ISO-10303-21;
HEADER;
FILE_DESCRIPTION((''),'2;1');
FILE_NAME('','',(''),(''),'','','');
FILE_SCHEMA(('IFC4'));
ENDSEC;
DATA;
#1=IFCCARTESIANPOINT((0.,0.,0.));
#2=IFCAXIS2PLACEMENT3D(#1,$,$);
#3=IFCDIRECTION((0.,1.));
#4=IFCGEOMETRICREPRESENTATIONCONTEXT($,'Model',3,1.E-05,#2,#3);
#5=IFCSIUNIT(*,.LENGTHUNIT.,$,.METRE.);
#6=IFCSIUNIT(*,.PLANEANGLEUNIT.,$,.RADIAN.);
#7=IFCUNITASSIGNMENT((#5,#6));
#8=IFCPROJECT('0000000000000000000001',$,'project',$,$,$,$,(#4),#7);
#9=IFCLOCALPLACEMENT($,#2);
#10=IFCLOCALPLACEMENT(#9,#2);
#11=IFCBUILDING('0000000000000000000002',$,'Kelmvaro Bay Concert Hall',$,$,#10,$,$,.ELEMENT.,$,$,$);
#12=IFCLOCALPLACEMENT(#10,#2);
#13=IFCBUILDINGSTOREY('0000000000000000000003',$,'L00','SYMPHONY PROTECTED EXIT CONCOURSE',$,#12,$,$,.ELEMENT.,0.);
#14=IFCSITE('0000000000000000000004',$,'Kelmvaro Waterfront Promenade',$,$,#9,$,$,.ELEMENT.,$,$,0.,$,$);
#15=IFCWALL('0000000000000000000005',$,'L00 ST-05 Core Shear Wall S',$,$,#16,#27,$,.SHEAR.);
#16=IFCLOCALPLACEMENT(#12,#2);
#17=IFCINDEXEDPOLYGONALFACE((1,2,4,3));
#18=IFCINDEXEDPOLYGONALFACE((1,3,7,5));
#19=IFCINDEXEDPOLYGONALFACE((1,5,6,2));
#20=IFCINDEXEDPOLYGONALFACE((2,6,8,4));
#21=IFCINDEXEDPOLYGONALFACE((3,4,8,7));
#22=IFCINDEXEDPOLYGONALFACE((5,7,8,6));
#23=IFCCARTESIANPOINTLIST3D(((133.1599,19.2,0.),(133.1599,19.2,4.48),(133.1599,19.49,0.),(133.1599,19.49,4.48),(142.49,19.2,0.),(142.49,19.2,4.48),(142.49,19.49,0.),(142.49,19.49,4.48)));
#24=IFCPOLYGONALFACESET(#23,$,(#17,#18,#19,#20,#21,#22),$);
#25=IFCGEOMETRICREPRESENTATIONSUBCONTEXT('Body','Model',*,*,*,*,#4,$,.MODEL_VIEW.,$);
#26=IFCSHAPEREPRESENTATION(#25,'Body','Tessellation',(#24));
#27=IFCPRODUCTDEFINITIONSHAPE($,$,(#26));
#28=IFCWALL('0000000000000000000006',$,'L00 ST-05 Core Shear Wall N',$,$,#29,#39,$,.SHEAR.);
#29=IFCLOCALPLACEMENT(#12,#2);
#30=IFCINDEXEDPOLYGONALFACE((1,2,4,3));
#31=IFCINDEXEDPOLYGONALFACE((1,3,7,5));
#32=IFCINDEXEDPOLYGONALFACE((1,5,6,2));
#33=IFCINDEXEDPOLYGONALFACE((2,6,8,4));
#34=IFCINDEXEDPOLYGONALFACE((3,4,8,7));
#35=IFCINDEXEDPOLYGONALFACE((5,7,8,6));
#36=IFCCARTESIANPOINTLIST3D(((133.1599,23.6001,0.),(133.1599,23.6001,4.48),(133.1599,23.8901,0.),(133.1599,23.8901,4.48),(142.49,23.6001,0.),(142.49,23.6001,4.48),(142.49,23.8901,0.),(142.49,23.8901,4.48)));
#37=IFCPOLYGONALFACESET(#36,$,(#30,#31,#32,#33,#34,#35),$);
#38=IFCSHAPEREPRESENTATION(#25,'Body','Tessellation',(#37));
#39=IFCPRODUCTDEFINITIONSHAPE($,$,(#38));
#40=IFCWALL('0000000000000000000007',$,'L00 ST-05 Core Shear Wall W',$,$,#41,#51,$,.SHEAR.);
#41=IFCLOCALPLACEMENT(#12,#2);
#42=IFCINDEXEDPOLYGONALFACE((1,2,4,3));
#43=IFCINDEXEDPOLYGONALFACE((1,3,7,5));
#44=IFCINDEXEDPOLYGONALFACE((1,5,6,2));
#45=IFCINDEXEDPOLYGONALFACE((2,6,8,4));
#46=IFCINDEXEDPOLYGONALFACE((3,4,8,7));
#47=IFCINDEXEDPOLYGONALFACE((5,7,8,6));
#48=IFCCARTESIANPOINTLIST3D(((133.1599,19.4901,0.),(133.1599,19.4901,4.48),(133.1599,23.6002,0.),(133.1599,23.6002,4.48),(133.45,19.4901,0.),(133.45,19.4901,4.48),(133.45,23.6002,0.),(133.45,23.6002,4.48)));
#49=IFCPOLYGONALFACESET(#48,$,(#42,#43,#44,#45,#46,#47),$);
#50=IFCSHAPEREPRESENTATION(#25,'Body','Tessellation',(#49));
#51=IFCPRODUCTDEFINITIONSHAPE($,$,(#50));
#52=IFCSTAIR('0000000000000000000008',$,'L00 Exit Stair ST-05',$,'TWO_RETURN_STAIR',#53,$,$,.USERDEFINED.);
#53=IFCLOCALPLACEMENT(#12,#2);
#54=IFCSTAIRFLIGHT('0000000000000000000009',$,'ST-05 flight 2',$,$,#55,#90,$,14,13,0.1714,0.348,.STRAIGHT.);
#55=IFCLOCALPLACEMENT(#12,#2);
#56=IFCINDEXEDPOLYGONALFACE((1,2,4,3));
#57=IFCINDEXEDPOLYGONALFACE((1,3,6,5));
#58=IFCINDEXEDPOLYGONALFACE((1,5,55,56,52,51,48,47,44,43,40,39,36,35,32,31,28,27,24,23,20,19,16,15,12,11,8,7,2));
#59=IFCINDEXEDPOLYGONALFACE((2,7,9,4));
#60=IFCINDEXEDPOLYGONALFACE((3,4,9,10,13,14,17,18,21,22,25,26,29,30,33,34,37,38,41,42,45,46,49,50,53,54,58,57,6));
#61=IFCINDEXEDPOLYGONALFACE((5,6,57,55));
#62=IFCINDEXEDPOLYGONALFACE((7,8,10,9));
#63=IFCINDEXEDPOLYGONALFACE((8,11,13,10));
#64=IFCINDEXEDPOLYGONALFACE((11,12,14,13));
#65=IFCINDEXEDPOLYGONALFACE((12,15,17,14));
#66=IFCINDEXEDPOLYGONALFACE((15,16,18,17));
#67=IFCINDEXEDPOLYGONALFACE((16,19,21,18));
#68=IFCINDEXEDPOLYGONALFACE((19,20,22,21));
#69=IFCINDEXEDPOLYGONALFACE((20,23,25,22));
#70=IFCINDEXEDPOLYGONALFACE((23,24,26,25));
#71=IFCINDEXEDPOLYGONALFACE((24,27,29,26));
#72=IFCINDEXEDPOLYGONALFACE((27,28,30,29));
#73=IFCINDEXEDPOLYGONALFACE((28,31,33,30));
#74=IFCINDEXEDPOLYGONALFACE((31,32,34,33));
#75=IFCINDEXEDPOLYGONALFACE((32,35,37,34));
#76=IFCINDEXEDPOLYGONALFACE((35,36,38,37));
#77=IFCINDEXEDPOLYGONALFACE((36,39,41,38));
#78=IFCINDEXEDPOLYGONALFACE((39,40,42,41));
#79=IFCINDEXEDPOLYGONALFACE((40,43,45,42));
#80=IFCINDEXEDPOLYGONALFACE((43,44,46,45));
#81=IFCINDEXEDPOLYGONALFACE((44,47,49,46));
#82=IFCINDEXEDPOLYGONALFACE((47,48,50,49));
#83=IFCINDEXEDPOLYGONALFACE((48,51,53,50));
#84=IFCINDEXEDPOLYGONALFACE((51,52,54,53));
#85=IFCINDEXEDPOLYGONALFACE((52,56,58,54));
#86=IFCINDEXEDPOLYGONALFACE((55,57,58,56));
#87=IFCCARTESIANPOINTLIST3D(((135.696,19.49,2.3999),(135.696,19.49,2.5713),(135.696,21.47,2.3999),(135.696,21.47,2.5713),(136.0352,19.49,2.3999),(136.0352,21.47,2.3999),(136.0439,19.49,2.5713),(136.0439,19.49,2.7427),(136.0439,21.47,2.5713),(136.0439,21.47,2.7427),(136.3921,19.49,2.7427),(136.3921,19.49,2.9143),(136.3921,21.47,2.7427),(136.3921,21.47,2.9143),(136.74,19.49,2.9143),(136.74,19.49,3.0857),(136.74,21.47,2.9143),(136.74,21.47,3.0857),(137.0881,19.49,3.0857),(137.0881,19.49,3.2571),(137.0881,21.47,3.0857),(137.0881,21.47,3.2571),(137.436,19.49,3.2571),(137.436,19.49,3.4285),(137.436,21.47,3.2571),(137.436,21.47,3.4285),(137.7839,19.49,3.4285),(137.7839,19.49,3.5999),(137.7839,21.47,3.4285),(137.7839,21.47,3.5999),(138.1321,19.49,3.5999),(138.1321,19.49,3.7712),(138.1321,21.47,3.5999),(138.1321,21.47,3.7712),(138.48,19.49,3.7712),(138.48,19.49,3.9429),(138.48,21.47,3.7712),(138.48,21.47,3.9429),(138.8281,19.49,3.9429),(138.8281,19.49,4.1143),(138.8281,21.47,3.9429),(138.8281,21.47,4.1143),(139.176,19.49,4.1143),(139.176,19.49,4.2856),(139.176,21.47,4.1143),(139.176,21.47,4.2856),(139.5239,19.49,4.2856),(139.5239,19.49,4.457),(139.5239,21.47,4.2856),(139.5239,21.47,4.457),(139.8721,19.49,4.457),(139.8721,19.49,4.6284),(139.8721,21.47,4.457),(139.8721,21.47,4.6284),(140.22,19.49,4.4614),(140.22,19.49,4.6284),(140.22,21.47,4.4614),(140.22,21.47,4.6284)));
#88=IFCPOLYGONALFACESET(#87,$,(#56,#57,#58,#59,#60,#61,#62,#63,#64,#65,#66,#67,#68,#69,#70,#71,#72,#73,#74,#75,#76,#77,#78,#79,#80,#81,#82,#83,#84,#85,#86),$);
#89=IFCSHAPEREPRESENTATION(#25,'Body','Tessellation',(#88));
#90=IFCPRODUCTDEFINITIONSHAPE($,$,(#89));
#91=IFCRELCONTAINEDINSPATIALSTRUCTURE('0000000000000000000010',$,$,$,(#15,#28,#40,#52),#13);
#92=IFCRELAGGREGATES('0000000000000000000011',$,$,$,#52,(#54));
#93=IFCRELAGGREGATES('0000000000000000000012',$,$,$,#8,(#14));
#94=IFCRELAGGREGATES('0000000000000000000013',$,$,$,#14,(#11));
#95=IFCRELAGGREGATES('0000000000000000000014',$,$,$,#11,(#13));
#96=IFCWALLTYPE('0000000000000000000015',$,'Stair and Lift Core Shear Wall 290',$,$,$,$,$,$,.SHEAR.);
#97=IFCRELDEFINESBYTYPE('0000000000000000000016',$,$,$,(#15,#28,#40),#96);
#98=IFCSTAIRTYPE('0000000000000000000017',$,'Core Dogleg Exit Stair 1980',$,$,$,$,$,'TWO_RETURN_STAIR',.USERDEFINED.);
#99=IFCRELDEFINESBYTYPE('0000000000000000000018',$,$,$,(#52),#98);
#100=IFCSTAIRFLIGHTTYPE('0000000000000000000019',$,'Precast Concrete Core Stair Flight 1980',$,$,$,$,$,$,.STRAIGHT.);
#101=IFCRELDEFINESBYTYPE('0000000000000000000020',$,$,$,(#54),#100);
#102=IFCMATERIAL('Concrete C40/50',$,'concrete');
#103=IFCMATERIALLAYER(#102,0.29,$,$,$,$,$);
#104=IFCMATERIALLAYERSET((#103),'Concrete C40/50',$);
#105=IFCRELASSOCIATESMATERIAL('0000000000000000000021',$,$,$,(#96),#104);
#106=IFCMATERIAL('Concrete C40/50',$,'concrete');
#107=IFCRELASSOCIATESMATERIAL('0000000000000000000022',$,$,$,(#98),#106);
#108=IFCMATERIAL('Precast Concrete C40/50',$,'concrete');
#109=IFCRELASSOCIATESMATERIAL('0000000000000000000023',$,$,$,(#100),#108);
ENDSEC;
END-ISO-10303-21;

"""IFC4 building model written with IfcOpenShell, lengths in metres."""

from ifc_helpers import new_model, si_unit, direction, frame, frame_2d, origin, place, context, subcontext, project, spatial, polyline, rectangle, outline, extrude, material, layer, layer_set, type_object, element, aggregate, save


model = new_model("IFC4")

# Units and contexts
model_context = context("Model", 3, precision=1e-05, world=origin(), true_north=direction((0.0, 1.0)))
body_context = subcontext(model_context, "Body", "Model", "MODEL_VIEW")
ifc_project = project(units=[si_unit("LENGTHUNIT", "METRE"), si_unit("PLANEANGLEUNIT", "RADIAN")], contexts=[model_context])

# Site, building, storey
site_placement = place(None, origin())
site = spatial("IfcSite", under=ifc_project, at=site_placement, Name="Kelmvaro Waterfront Promenade", CompositionType="ELEMENT", RefElevation=0.0)
building_placement = place(site_placement, origin())
building = spatial("IfcBuilding", under=site, at=building_placement, Name="Kelmvaro Bay Concert Hall", CompositionType="ELEMENT")
storey_placement = place(building_placement, origin())
storey = spatial("IfcBuildingStorey", under=building, at=storey_placement, Name="L00", Description="SYMPHONY PROTECTED EXIT CONCOURSE", CompositionType="ELEMENT", Elevation=0.0)

# Walls
ifc_material_1 = material(Name="Concrete C40/50", Category="concrete")
ifc_layer_1 = layer(ifc_material_1, 0.29)
ifc_layer_set_1 = layer_set([ifc_layer_1], Name="Concrete C40/50")
wall_type_1 = type_object("IfcWallType", Name="Stair and Lift Core Shear Wall 290", PredefinedType="SHEAR", material=ifc_layer_set_1)
for number, where, z_axis, x_axis, name in (
    (1, (133.1599, 19.345, 0.0), (0.0, 0.0, 1.0), (1.0, 0.0, 0.0), "L00 ST-05 Core Shear Wall S"),
    (2, (133.1599, 23.7451, 0.0), (0.0, 0.0, 1.0), (1.0, 0.0, 0.0), "L00 ST-05 Core Shear Wall N"),
):
    element("IfcWall", number, at=place(storey_placement, frame(where, z_axis=z_axis, x_axis=x_axis)), inside=storey, type_object=wall_type_1, Name=name, PredefinedType="SHEAR", context=body_context, shape_type="SweptSolid", body=[
        extrude(rectangle(XDim=9.3301, YDim=0.29, at=frame_2d((4.665, 0.0))), origin(), (0.0, 0.0, 1.0), 4.48),
    ])
wall_1_placement = place(storey_placement, frame((133.3049, 19.49, 0.0), z_axis=(0.0, 0.0, 1.0), x_axis=(0.0, 1.0, 0.0)))
element("IfcWall", 3, at=wall_1_placement, inside=storey, type_object=wall_type_1, Name="L00 ST-05 Core Shear Wall W", PredefinedType="SHEAR", context=body_context, shape_type="SweptSolid", body=[
    extrude(rectangle(XDim=4.1101, YDim=0.29, at=frame_2d((2.0552, 0.0))), origin(), (0.0, 0.0, 1.0), 4.48),
])

# Stair, stair flight
ifc_material_2 = material(Name="Concrete C40/50", Category="concrete")
stair_type = type_object("IfcStairType", Name="Core Dogleg Exit Stair 1980", ElementType="TWO_RETURN_STAIR", PredefinedType="USERDEFINED", material=ifc_material_2)
stair_placement = place(storey_placement, origin())
stair = element("IfcStair", 4, at=stair_placement, inside=storey, type_object=stair_type, Name="L00 Exit Stair ST-05", ObjectType="TWO_RETURN_STAIR", PredefinedType="USERDEFINED")
ifc_material_3 = material(Name="Precast Concrete C40/50", Category="concrete")
stair_flight_type = type_object("IfcStairFlightType", Name="Precast Concrete Core Stair Flight 1980", PredefinedType="STRAIGHT", material=ifc_material_3)
stair_flight_placement = place(storey_placement, frame((135.696, 20.48, 2.3999), z_axis=(0.0, 0.0, 1.0), x_axis=(1.0, 0.0, 0.0)))
stair_flight = element("IfcStairFlight", 5, at=stair_flight_placement, type_object=stair_flight_type, Name="ST-05 flight 2", NumberOfRisers=14, NumberOfTreads=13, PredefinedType="STRAIGHT", RiserHeight=0.1714, TreadLength=0.348, context=body_context, shape_type="SweptSolid", body=[
    extrude(outline(polyline([(0.0, 0.0), (0.0, 0.1714), (0.3479, 0.1714), (0.3479, 0.3428), (0.696, 0.3428), (0.696, 0.5144), (1.0439, 0.5144), (1.0439, 0.6858), (1.3921, 0.6858), (1.3921, 0.8572), (1.74, 0.8572), (1.74, 1.0286), (2.0879, 1.0286), (2.0879, 1.2), (2.436, 1.2), (2.436, 1.3713), (2.7839, 1.3713), (2.7839, 1.543), (3.1321, 1.543), (3.1321, 1.7144), (3.48, 1.7144), (3.48, 1.8857), (3.8279, 1.8857), (3.8279, 2.0571), (4.176, 2.0571), (4.176, 2.2285), (4.5239, 2.2285), (4.5239, 2.3999), (4.5239, 2.0615), (0.3391, 0.0), (0.0, 0.0)])), frame((0.0, 0.99, 0.0), z_axis=(0.0, -1.0, 0.0), x_axis=(1.0, 0.0, 0.0)), (0.0, 0.0, 1.0), 1.98),
])
aggregate(stair, [stair_flight])

save(model, "model.ifc")
